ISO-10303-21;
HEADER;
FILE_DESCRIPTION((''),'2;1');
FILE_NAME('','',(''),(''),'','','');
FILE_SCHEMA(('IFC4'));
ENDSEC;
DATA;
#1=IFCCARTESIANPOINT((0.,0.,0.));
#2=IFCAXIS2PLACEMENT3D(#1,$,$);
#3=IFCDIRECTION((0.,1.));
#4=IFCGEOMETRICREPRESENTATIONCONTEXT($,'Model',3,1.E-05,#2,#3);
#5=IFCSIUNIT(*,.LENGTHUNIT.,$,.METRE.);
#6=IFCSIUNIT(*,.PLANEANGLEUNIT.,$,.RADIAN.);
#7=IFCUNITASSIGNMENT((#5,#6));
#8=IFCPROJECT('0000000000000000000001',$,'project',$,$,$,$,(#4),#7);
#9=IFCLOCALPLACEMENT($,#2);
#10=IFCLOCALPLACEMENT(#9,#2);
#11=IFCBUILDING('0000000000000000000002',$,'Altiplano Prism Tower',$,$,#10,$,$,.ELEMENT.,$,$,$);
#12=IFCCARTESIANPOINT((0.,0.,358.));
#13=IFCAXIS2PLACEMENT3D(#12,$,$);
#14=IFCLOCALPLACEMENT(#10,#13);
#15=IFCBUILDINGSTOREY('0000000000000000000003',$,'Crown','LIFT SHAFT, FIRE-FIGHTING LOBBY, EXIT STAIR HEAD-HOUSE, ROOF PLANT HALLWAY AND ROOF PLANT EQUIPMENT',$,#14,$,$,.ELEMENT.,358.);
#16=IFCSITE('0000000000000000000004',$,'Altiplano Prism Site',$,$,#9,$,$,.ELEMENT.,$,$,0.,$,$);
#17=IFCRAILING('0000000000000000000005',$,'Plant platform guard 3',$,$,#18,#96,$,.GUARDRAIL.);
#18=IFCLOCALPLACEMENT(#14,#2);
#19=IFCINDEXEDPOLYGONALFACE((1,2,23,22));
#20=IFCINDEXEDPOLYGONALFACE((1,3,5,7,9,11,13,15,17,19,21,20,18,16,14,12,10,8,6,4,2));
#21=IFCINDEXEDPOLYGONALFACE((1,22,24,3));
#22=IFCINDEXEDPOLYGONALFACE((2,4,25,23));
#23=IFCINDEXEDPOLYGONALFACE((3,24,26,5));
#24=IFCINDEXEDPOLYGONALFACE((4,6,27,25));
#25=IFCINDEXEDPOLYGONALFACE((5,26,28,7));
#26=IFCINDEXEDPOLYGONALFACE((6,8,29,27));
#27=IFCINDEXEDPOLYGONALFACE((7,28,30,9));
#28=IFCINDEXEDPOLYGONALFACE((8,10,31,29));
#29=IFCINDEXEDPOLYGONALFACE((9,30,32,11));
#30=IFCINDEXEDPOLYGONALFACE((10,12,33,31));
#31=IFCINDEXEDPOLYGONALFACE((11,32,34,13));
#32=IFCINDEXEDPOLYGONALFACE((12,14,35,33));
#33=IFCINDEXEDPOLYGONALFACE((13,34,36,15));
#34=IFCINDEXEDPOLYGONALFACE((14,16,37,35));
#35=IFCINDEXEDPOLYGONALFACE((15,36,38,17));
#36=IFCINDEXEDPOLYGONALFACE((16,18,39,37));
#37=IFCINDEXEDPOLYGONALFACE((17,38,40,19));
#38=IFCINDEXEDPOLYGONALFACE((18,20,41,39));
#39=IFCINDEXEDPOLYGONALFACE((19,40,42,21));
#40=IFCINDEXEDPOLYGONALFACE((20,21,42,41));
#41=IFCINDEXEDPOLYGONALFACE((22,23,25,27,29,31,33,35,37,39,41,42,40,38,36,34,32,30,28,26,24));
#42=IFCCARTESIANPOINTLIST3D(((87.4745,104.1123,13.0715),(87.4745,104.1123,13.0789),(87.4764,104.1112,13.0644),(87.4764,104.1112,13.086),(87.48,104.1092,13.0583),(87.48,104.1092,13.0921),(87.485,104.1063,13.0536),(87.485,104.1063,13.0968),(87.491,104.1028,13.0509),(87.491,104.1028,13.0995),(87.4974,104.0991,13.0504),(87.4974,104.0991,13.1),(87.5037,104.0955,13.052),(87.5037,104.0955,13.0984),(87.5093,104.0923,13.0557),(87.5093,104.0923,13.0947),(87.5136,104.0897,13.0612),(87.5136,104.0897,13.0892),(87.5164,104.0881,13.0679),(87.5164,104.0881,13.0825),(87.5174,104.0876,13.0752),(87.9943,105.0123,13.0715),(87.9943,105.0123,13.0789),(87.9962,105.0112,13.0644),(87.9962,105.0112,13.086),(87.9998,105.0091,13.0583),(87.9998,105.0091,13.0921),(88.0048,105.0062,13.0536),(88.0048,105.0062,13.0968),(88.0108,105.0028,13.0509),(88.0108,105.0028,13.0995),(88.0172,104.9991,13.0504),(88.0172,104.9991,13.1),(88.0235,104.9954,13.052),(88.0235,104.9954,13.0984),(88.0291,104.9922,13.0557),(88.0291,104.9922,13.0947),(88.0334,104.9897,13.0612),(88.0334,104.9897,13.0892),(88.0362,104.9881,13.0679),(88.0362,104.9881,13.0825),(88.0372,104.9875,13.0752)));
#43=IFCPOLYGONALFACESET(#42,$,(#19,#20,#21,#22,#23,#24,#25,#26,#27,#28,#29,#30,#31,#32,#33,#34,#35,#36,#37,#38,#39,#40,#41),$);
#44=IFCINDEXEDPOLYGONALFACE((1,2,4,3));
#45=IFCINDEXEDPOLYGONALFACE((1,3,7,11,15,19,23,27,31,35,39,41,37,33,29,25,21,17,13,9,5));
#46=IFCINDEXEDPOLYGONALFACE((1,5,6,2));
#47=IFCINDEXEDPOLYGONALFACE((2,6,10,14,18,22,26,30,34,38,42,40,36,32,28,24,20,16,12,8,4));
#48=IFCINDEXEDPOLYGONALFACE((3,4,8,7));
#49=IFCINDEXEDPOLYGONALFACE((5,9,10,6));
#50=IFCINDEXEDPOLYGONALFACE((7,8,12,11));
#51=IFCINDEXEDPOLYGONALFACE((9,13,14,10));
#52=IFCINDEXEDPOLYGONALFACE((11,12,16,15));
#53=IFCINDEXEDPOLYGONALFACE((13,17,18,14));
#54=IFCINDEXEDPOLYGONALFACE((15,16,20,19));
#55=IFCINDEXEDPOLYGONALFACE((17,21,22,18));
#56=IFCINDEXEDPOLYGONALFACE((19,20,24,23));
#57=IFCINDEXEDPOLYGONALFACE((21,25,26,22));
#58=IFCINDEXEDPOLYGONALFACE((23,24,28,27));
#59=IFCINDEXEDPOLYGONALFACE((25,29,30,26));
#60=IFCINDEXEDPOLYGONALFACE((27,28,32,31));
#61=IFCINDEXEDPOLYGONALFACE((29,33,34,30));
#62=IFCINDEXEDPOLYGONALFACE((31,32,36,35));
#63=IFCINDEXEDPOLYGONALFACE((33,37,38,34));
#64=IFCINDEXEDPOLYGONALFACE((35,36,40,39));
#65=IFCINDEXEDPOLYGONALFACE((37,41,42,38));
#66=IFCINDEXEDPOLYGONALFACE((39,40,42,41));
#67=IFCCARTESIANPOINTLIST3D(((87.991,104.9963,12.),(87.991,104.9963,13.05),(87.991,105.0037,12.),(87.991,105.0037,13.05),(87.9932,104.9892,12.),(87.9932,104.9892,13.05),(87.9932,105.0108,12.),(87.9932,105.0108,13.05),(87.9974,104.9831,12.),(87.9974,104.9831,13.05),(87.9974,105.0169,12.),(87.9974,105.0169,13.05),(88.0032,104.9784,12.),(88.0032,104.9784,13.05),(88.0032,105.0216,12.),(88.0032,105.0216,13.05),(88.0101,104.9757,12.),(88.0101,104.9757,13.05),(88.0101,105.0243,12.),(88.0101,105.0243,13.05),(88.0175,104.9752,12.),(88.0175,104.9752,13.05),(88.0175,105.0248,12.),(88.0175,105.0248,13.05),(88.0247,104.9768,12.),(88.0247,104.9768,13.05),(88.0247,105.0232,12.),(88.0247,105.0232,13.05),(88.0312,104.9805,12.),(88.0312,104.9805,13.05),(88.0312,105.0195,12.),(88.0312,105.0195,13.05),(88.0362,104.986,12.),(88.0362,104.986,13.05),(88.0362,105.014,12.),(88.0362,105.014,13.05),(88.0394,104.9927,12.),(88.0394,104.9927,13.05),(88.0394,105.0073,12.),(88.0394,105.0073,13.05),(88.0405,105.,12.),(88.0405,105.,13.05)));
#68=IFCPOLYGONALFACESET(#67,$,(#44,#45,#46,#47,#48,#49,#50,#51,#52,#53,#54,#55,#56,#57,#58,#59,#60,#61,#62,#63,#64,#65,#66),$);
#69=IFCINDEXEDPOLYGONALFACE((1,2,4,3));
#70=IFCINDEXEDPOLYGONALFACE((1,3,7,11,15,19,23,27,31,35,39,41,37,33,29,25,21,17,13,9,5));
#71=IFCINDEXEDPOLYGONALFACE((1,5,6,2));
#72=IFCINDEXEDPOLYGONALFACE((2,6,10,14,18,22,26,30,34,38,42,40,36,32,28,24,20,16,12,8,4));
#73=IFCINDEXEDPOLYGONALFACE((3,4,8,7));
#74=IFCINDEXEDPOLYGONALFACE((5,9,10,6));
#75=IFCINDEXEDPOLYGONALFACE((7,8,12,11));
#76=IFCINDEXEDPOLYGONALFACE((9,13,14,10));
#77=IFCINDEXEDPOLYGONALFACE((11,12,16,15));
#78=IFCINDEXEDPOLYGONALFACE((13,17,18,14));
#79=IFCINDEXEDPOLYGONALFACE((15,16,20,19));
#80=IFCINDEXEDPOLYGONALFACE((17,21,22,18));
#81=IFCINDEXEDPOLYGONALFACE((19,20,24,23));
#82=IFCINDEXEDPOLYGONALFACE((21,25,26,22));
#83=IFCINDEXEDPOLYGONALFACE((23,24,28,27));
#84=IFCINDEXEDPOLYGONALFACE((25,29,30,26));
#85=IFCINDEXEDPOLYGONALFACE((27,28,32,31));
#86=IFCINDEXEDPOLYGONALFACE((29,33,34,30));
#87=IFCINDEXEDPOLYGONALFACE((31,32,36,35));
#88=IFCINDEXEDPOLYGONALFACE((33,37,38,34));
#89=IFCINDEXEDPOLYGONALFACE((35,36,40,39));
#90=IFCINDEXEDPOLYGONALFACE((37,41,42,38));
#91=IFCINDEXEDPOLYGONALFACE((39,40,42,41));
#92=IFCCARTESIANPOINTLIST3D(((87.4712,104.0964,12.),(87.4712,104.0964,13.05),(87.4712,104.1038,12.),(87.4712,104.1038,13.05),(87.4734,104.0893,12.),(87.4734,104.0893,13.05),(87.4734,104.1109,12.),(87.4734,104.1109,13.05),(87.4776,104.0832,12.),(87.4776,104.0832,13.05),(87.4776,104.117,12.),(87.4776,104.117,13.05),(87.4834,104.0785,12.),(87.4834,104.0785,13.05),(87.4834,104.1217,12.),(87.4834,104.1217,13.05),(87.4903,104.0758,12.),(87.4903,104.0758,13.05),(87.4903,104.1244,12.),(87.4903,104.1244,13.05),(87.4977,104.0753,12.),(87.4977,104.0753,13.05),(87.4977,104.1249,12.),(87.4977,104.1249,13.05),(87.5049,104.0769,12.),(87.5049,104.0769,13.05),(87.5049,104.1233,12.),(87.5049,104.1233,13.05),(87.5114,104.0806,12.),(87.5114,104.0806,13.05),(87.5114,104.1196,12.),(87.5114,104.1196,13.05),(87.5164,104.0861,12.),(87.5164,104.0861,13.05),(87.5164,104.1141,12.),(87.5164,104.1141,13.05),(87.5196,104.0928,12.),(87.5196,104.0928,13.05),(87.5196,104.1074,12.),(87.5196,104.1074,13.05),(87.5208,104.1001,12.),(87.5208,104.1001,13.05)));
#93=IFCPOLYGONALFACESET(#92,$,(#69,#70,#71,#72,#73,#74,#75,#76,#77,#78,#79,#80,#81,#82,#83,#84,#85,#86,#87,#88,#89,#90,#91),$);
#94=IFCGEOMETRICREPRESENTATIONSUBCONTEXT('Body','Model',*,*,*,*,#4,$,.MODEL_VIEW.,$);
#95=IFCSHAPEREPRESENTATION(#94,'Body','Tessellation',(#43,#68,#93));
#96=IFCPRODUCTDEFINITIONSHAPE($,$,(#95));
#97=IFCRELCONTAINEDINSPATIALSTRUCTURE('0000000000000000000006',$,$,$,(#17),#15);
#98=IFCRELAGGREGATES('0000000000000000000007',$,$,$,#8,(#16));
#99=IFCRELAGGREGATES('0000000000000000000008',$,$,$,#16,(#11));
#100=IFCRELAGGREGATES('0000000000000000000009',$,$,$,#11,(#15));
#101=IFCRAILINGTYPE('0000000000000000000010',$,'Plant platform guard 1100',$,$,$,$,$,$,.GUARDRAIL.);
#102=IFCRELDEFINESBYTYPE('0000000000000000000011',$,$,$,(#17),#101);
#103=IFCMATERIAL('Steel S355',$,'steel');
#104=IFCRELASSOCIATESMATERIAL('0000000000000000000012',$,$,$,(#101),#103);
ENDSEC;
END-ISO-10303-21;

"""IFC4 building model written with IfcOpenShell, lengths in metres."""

from ifc_helpers import new_model, si_unit, direction, frame, origin, origin_2d, place, context, subcontext, project, spatial, circle, extrude, material, type_object, element, save


model = new_model("IFC4")

# Units and contexts
model_context = context("Model", 3, precision=1e-05, world=origin(), true_north=direction((0.0, 1.0)))
body_context = subcontext(model_context, "Body", "Model", "MODEL_VIEW")
ifc_project = project(units=[si_unit("LENGTHUNIT", "METRE"), si_unit("PLANEANGLEUNIT", "RADIAN")], contexts=[model_context])

# Site, building, storey
site_placement = place(None, origin())
site = spatial("IfcSite", under=ifc_project, at=site_placement, Name="Altiplano Prism Site", CompositionType="ELEMENT", RefElevation=0.0)
building_placement = place(site_placement, origin())
building = spatial("IfcBuilding", under=site, at=building_placement, Name="Altiplano Prism Tower", CompositionType="ELEMENT")
storey_placement = place(building_placement, frame((0.0, 0.0, 358.0)))
storey = spatial("IfcBuildingStorey", under=building, at=storey_placement, Name="Crown", Description="LIFT SHAFT, FIRE-FIGHTING LOBBY, EXIT STAIR HEAD-HOUSE, ROOF PLANT HALLWAY AND ROOF PLANT EQUIPMENT", CompositionType="ELEMENT", Elevation=358.0)

# Railing
ifc_material_1 = material(Name="Steel S355", Category="steel")
railing_type = type_object("IfcRailingType", Name="Plant platform guard 1100", PredefinedType="GUARDRAIL", material=ifc_material_1)
railing_placement = place(storey_placement, frame((88.0156, 105.0, 12.0)))
element("IfcRailing", 1, at=railing_placement, inside=storey, type_object=railing_type, Name="Plant platform guard 3", PredefinedType="GUARDRAIL", context=body_context, shape_type="SweptSolid", body=[
    extrude(circle(Radius=0.0249, at=origin_2d()), frame((0.0, 0.0, 1.0752), z_axis=(-0.500156, -0.865935, 0.0), x_axis=(0.865935, -0.500156, 0.0)), (0.0, 0.0, 1.0), 1.0393),
    extrude(circle(Radius=0.0249, at=origin_2d()), origin(), (0.0, 0.0, 1.0), 1.05),
    extrude(circle(Radius=0.0249, at=origin_2d()), frame((-0.5198, -0.8999, 0.0)), (0.0, 0.0, 1.0), 1.05),
])

save(model, "model.ifc")
